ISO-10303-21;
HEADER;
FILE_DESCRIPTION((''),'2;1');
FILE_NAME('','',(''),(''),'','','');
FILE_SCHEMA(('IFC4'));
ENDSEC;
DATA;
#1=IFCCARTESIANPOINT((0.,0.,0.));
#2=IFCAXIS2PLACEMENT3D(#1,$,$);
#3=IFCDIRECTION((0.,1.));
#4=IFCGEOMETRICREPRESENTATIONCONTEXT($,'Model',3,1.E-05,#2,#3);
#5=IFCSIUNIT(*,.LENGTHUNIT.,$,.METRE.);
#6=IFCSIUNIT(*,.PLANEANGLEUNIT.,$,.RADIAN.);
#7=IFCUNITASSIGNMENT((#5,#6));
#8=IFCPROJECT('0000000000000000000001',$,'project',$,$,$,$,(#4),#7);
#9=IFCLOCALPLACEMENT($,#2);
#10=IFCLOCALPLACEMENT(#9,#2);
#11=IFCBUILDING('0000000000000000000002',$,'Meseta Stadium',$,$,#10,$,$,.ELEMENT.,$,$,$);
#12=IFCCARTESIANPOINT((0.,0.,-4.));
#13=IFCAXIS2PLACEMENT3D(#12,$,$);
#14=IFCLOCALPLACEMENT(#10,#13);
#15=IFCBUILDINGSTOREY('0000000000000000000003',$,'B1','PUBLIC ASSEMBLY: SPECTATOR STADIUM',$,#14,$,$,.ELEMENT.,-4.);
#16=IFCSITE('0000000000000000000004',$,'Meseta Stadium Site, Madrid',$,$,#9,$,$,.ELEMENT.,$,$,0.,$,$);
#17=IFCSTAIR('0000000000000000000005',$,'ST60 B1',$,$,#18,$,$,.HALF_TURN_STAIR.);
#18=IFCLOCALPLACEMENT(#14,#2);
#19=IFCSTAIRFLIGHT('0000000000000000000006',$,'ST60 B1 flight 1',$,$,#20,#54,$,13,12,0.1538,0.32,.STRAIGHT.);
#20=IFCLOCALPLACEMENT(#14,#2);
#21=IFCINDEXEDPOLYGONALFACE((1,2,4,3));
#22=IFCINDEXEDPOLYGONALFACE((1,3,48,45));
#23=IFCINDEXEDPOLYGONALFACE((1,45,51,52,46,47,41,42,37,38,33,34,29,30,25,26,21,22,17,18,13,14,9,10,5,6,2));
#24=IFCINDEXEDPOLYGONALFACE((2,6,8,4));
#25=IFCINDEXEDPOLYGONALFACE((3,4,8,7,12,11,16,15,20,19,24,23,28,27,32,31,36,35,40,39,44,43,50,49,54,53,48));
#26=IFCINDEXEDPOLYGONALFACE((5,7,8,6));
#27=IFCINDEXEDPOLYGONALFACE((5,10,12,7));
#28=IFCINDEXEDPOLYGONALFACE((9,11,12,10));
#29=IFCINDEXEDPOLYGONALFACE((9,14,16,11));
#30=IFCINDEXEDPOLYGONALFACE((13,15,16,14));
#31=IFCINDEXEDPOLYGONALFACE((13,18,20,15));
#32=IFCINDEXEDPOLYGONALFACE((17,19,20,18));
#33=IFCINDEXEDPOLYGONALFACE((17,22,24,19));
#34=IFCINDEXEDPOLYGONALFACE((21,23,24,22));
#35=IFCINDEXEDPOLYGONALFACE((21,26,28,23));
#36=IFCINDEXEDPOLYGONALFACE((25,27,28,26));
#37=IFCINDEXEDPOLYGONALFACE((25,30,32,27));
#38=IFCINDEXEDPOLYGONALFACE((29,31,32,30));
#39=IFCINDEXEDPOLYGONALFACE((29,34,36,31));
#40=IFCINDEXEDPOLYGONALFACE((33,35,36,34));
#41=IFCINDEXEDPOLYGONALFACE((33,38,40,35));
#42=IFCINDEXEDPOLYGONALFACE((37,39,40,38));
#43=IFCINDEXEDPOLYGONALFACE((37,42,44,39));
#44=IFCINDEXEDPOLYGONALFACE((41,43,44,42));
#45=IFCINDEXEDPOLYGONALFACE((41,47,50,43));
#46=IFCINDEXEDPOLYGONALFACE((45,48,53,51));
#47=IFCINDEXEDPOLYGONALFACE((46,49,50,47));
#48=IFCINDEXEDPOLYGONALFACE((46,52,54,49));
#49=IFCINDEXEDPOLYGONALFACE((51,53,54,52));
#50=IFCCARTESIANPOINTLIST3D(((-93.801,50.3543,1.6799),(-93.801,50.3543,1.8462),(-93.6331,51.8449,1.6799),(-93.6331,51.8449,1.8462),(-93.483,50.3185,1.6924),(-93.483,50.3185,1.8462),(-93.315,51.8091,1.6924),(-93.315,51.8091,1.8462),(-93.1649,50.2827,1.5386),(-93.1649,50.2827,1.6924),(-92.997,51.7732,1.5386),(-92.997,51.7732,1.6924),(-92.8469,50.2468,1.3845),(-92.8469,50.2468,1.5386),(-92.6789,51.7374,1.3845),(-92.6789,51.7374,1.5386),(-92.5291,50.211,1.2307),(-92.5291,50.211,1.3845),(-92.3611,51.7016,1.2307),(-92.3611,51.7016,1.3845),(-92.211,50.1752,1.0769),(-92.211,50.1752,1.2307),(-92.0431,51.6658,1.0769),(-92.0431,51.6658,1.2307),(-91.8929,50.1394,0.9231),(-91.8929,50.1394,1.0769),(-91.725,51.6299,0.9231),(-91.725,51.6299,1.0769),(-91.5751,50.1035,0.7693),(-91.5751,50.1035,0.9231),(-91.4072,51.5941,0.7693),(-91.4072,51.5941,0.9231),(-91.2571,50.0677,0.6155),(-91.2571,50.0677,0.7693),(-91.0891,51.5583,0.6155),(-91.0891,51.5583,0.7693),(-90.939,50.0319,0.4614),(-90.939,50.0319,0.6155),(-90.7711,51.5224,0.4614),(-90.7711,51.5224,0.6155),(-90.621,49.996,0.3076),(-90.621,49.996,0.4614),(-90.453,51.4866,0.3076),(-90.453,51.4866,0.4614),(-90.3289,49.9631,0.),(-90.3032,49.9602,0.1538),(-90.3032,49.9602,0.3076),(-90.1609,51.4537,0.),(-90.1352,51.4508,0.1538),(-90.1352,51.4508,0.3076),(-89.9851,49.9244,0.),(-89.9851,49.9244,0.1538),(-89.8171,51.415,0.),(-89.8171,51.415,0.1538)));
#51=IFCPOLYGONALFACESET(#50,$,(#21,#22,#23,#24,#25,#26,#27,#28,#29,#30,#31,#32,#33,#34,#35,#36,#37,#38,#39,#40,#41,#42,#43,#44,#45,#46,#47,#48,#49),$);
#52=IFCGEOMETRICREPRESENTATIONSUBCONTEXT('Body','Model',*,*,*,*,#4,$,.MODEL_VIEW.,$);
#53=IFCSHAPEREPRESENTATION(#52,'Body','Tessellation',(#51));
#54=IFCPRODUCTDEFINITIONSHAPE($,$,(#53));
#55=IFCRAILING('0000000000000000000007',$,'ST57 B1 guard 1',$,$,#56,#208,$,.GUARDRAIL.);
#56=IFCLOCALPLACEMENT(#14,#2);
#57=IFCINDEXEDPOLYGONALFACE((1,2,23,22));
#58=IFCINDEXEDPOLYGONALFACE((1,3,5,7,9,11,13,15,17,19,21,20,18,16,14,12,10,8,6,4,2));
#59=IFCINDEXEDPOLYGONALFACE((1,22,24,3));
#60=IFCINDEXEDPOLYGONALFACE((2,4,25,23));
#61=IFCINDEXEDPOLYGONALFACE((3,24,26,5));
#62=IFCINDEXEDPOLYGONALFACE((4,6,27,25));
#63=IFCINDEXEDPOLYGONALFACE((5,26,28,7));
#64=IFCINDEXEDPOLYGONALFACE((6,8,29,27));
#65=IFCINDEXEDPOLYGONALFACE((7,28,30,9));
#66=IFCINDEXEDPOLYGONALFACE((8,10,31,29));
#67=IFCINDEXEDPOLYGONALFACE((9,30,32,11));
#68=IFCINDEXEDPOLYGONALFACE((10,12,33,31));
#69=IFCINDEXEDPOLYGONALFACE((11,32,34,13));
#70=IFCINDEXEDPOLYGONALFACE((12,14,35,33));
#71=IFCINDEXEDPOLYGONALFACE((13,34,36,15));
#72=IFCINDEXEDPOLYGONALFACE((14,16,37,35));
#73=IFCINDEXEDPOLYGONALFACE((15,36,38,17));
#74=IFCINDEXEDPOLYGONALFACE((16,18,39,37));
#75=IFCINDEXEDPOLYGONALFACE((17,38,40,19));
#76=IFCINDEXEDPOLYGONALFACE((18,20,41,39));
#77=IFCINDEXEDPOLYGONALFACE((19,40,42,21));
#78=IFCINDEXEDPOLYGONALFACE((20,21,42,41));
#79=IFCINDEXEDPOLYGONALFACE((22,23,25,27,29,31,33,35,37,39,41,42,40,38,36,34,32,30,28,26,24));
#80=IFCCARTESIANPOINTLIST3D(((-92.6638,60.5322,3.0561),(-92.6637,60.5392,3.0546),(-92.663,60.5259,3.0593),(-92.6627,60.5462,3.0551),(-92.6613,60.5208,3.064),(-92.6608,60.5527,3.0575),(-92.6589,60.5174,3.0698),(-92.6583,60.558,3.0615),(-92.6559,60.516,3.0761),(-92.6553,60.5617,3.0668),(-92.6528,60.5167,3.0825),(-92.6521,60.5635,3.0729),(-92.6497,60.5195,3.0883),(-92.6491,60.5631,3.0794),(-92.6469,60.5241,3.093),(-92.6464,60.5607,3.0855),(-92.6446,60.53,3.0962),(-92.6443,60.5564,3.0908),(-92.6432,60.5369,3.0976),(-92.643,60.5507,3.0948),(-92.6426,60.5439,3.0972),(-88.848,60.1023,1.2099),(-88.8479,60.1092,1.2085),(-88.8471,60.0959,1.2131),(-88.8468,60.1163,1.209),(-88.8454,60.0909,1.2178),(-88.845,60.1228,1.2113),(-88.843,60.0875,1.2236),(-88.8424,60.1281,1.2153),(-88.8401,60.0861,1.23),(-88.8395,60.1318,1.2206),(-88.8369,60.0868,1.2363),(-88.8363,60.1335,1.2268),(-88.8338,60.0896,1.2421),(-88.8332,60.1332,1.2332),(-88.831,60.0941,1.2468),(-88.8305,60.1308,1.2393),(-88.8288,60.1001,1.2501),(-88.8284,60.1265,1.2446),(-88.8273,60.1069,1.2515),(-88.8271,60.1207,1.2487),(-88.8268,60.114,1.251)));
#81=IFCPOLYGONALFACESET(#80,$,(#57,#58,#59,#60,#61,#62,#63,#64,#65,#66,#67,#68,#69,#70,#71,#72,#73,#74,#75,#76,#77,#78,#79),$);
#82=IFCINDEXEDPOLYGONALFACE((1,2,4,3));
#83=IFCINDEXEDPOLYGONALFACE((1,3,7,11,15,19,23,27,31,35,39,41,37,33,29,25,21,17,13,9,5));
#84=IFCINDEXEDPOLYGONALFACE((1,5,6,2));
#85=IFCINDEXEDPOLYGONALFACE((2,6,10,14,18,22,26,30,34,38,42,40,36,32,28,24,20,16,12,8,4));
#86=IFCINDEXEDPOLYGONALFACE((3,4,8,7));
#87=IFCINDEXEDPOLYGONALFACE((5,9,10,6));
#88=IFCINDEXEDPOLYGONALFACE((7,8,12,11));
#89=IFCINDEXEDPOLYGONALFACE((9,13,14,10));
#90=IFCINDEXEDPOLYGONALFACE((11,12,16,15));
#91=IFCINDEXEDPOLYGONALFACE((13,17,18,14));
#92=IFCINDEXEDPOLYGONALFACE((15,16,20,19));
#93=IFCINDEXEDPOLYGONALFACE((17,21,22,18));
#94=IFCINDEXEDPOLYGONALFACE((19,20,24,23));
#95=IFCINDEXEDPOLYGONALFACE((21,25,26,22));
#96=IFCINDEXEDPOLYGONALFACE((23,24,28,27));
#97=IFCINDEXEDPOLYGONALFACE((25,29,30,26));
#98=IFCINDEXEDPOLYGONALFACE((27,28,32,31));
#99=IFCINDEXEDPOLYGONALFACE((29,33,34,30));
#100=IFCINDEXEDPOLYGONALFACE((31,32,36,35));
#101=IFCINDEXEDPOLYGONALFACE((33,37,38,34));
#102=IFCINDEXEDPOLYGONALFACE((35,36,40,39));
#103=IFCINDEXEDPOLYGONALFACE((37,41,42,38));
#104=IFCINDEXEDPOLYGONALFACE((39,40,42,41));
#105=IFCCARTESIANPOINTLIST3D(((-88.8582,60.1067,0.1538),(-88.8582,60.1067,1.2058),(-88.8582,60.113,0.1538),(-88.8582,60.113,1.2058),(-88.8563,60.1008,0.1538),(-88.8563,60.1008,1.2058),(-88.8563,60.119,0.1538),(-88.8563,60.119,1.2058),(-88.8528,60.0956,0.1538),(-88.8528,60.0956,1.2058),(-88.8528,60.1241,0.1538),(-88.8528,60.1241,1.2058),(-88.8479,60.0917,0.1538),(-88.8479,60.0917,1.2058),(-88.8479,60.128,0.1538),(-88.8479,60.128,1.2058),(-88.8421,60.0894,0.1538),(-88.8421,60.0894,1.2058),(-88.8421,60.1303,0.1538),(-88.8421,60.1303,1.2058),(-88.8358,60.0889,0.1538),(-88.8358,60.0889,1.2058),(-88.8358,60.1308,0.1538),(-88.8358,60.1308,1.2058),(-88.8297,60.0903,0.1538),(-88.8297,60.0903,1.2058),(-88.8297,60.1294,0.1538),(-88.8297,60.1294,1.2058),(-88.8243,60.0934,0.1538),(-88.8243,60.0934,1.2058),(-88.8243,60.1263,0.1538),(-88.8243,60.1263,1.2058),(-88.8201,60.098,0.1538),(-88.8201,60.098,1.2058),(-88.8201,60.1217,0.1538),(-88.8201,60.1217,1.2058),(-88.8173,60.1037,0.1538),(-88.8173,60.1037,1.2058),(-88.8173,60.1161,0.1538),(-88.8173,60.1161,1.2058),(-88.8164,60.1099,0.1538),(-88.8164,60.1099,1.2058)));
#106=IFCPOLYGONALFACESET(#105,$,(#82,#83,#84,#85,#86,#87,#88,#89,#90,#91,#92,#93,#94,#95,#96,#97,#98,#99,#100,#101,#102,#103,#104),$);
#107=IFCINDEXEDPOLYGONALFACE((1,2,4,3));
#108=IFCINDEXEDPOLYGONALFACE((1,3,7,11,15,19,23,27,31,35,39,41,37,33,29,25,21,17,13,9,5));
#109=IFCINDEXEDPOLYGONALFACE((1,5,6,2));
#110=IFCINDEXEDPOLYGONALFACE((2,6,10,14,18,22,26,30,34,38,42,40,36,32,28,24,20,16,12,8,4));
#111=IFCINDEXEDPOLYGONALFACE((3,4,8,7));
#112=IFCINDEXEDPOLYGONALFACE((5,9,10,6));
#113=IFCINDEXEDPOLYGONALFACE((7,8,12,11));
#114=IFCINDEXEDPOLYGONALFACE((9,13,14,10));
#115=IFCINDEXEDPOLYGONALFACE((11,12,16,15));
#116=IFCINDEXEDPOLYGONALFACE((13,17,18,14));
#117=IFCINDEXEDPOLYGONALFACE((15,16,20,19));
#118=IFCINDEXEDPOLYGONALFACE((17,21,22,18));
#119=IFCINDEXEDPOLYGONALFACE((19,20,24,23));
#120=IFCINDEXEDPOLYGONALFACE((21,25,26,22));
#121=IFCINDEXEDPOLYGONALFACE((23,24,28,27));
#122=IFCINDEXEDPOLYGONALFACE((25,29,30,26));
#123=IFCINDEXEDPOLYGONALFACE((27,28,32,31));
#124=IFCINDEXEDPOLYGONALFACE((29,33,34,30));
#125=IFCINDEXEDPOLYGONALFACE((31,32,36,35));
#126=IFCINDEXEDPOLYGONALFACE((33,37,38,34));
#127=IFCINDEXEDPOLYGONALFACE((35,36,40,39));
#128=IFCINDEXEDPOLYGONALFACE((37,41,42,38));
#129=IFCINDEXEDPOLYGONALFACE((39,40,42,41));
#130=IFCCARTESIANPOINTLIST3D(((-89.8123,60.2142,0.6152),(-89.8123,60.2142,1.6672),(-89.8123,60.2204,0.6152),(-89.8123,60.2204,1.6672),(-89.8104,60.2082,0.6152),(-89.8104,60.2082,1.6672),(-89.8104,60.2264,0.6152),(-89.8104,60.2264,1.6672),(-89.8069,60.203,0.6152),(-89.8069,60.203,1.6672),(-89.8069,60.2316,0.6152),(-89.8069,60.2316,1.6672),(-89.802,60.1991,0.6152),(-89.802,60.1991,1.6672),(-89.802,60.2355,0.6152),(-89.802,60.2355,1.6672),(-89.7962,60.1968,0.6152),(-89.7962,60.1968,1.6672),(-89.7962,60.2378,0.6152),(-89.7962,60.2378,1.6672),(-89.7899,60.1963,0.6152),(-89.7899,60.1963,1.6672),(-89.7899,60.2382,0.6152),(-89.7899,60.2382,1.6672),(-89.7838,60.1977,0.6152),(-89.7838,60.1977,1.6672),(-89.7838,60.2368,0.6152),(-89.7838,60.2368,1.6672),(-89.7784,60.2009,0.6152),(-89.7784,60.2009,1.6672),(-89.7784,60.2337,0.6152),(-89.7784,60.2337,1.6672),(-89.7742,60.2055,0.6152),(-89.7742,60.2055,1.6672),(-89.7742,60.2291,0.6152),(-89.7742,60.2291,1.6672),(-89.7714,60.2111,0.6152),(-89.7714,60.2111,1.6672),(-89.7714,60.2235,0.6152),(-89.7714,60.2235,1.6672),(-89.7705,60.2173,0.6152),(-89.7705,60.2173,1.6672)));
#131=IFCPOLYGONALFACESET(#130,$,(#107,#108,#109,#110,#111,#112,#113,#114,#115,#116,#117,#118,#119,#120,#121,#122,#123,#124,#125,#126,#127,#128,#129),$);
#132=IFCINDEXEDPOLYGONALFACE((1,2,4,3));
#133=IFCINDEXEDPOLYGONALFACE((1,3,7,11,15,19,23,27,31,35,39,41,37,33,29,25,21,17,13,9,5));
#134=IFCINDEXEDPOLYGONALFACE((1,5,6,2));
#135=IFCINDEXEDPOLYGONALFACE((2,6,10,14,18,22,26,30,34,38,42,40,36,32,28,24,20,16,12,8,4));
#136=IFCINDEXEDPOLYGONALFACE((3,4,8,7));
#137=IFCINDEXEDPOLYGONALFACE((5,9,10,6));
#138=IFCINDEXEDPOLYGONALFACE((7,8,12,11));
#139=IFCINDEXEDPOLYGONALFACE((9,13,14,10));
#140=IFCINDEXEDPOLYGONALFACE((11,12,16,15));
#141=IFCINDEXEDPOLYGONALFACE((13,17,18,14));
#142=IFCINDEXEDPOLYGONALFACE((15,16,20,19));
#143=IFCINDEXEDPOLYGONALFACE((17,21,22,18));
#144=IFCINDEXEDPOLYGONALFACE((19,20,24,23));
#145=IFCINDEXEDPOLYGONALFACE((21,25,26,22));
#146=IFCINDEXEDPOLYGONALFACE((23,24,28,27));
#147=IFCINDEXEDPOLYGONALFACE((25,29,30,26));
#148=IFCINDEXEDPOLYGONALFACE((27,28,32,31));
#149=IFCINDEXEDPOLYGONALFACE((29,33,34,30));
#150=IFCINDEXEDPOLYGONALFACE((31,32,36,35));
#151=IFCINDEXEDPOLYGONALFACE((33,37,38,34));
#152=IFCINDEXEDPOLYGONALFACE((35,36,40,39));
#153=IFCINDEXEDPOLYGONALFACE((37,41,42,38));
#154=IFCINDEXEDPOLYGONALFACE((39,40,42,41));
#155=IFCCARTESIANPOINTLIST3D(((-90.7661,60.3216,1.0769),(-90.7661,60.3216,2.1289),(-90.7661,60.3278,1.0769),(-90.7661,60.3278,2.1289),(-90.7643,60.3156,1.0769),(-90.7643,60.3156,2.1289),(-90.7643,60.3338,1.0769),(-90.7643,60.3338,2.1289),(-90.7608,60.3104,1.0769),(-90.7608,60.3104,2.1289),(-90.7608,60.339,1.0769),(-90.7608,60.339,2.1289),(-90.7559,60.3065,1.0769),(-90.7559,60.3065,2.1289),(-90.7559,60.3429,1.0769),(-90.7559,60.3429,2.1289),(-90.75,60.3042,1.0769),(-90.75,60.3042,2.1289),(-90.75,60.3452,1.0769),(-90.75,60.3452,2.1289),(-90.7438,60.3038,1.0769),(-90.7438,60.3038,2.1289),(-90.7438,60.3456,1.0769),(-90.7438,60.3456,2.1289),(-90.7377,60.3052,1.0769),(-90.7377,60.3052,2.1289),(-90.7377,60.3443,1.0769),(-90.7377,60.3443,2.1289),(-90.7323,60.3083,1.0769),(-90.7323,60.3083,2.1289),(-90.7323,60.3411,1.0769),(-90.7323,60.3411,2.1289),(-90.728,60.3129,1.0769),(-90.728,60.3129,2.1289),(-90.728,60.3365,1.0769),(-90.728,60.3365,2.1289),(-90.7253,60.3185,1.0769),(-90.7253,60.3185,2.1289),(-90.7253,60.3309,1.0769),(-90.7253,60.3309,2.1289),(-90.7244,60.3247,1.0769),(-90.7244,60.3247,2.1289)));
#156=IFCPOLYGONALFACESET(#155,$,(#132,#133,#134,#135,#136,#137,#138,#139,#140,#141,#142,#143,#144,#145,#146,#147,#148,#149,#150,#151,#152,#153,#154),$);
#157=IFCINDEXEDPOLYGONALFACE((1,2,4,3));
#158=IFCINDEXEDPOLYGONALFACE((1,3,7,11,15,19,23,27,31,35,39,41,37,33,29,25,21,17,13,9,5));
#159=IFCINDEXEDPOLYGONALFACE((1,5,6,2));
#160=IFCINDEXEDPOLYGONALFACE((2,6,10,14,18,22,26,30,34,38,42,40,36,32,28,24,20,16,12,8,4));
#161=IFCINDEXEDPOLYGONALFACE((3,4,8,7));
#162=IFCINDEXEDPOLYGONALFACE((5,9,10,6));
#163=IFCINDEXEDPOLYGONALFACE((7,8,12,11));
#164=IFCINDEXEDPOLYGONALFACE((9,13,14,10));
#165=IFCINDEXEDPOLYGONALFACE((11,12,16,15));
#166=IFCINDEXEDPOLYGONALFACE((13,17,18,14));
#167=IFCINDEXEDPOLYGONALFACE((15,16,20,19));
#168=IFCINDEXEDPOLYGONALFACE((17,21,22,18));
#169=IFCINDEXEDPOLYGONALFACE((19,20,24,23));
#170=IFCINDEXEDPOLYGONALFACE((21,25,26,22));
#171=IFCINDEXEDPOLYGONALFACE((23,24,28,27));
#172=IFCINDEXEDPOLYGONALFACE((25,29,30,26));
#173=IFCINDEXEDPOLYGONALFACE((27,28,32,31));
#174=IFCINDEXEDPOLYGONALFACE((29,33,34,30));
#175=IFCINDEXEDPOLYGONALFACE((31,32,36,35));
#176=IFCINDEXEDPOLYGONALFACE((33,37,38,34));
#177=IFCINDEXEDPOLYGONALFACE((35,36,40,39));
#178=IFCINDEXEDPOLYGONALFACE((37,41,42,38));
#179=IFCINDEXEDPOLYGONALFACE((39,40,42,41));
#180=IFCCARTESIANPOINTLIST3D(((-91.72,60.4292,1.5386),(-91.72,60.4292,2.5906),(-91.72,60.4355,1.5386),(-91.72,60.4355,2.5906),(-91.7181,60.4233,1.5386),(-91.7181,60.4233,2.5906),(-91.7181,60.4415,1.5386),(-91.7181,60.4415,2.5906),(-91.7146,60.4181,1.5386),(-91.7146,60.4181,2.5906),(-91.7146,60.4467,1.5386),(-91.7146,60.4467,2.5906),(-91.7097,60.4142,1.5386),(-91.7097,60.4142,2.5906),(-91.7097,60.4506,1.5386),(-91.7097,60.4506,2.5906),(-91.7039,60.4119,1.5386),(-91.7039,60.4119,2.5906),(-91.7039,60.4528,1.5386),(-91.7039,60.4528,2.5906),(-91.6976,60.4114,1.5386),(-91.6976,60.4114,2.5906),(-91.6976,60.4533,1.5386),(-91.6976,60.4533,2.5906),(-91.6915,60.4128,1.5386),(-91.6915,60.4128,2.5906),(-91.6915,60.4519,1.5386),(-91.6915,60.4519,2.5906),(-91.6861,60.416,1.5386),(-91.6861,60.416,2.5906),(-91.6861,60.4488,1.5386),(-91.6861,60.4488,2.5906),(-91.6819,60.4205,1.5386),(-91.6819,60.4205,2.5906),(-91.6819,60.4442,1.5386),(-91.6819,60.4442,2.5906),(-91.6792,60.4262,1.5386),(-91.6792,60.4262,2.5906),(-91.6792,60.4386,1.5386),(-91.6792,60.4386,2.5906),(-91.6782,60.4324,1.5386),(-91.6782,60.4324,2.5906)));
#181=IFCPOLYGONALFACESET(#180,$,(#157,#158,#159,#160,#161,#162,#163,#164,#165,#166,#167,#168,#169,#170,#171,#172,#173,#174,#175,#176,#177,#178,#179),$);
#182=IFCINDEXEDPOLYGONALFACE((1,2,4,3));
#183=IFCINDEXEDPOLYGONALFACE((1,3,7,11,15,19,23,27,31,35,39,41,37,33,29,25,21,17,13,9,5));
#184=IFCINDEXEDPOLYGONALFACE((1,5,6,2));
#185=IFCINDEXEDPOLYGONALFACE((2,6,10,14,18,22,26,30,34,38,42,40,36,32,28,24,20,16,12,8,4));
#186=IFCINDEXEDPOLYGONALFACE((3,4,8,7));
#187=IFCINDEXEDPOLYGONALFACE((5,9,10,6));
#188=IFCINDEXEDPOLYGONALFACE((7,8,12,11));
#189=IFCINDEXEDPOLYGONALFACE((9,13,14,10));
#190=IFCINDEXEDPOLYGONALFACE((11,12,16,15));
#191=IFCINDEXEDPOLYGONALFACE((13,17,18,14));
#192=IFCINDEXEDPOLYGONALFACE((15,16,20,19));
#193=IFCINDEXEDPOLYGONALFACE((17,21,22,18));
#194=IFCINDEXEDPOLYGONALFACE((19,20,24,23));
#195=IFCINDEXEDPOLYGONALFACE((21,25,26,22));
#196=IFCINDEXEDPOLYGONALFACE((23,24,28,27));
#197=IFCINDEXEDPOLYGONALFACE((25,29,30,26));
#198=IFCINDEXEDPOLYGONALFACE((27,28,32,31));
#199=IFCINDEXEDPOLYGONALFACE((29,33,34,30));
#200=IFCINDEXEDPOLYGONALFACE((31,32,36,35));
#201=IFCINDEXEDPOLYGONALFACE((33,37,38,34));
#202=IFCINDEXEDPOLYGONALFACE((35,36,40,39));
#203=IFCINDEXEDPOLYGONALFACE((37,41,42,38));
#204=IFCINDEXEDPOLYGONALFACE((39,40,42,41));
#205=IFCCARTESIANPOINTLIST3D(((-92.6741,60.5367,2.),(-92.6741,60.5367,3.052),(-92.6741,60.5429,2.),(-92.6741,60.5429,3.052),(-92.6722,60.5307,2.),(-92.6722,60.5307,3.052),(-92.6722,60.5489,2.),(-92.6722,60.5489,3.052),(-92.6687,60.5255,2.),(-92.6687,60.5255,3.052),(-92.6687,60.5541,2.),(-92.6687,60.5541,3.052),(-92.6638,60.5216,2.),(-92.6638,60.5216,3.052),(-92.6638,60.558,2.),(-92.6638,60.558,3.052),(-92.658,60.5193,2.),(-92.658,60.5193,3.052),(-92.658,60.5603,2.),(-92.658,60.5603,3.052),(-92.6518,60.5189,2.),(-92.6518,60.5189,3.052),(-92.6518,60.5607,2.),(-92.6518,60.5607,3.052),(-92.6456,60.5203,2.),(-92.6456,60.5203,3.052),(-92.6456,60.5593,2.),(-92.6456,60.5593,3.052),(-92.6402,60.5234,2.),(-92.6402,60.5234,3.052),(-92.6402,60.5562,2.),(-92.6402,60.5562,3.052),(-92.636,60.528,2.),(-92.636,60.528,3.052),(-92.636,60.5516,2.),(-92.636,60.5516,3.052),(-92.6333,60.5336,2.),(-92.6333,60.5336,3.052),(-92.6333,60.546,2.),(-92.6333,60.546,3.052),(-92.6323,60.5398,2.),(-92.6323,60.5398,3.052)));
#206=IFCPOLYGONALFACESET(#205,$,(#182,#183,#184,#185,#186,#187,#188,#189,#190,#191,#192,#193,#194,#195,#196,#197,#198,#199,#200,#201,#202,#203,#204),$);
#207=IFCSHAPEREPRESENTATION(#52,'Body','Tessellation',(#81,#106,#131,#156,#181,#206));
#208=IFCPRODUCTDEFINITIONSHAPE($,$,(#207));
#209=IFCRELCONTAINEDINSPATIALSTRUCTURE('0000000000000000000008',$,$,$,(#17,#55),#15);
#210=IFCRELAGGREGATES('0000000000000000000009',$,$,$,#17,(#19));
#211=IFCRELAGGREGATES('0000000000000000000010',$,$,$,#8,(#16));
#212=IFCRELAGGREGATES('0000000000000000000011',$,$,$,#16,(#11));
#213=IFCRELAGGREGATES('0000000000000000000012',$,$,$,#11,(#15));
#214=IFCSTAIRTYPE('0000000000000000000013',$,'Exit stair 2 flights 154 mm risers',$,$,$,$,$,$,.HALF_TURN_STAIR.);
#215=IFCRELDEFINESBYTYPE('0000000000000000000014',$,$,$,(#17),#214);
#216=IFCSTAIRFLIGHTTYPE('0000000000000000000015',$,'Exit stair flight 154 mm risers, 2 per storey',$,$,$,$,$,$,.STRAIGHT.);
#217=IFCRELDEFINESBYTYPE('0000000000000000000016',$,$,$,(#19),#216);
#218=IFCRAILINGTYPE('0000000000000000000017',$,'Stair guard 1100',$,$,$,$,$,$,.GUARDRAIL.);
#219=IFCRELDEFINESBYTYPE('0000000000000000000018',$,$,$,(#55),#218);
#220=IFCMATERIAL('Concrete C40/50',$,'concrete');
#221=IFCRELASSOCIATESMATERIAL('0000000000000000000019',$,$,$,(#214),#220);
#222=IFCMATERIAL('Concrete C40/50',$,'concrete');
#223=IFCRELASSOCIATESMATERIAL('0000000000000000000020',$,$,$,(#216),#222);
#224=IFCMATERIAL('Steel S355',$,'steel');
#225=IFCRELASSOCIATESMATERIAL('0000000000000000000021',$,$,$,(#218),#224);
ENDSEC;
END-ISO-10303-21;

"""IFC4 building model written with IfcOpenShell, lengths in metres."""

from ifc_helpers import new_model, si_unit, direction, frame, origin, origin_2d, place, context, subcontext, project, spatial, polyline, circle, outline, extrude, material, type_object, element, aggregate, save


model = new_model("IFC4")

# Units and contexts
model_context = context("Model", 3, precision=1e-05, world=origin(), true_north=direction((0.0, 1.0)))
body_context = subcontext(model_context, "Body", "Model", "MODEL_VIEW")
ifc_project = project(units=[si_unit("LENGTHUNIT", "METRE"), si_unit("PLANEANGLEUNIT", "RADIAN")], contexts=[model_context])

# Site, building, storey
site_placement = place(None, origin())
site = spatial("IfcSite", under=ifc_project, at=site_placement, Name="Meseta Stadium Site, Madrid", CompositionType="ELEMENT", RefElevation=0.0)
building_placement = place(site_placement, origin())
building = spatial("IfcBuilding", under=site, at=building_placement, Name="Meseta Stadium", CompositionType="ELEMENT")
storey_placement = place(building_placement, frame((0.0, 0.0, -4.0)))
storey = spatial("IfcBuildingStorey", under=building, at=storey_placement, Name="B1", Description="PUBLIC ASSEMBLY: SPECTATOR STADIUM", CompositionType="ELEMENT", Elevation=-4.0)

# Shared definitions
ifc_material_1 = material(Name="Concrete C40/50", Category="concrete")
stair_type = type_object("IfcStairType", Name="Exit stair 2 flights 154 mm risers", PredefinedType="HALF_TURN_STAIR", material=ifc_material_1)
ifc_material_2 = material(Name="Concrete C40/50", Category="concrete")
stair_flight_type = type_object("IfcStairFlightType", Name="Exit stair flight 154 mm risers, 2 per storey", PredefinedType="STRAIGHT", material=ifc_material_2)

# Stair, stair flight
stair_1_placement = place(storey_placement, origin())
stair_1 = element("IfcStair", 1, at=stair_1_placement, inside=storey, type_object=stair_type, Name="ST60 B1", PredefinedType="HALF_TURN_STAIR")
stair_flight_1_placement = place(storey_placement, frame((-89.9011, 50.6697, 0.0), z_axis=(0.0, 0.0, 1.0), x_axis=(-0.993712, 0.111964, 0.0)))
stair_flight_1 = element("IfcStairFlight", 2, at=stair_flight_1_placement, type_object=stair_flight_type, Name="ST60 B1 flight 1", NumberOfRisers=13, NumberOfTreads=12, PredefinedType="STRAIGHT", RiserHeight=0.1538, TreadLength=0.32, context=body_context, shape_type="SweptSolid", body=[
    extrude(outline(polyline([(0.0, 0.0), (0.0, 0.1538), (0.3201, 0.1538), (0.3201, 0.3076), (0.6399, 0.3076), (0.6399, 0.4614), (0.96, 0.4614), (0.96, 0.6155), (1.28, 0.6155), (1.28, 0.7693), (1.6001, 0.7693), (1.6001, 0.9231), (1.9199, 0.9231), (1.9199, 1.0769), (2.24, 1.0769), (2.24, 1.2307), (2.5601, 1.2307), (2.5601, 1.3845), (2.8799, 1.3845), (2.8799, 1.5386), (3.2, 1.5386), (3.2, 1.6924), (3.52, 1.6924), (3.52, 1.8462), (3.8401, 1.8462), (3.8401, 1.6799), (0.3459, 0.0), (0.0, 0.0)])), frame((0.0, 0.75, 0.0), z_axis=(0.0, -1.0, 0.0), x_axis=(1.0, 0.0, 0.0)), (0.0, 0.0, 1.0), 1.5),
])
aggregate(stair_1, [stair_flight_1])

# Railing
ifc_material_3 = material(Name="Steel S355", Category="steel")
railing_type_1 = type_object("IfcRailingType", Name="Stair guard 1100", PredefinedType="GUARDRAIL", material=ifc_material_3)
railing_1_placement = place(storey_placement, frame((-88.8374, 60.1099, 0.1538)))
element("IfcRailing", 3, at=railing_1_placement, inside=storey, type_object=railing_type_1, Name="ST57 B1 guard 1", PredefinedType="GUARDRAIL", context=body_context, shape_type="SweptSolid", body=[
    extrude(circle(Radius=0.0239, at=origin_2d()), frame((0.0, 0.0, 1.0762), z_axis=(-0.895585, 0.100904, 0.433296), x_axis=(-0.11196, -0.993713, 0.0)), (0.0, 0.0, 1.0), 4.2607),
    extrude(circle(Radius=0.021, at=origin_2d()), origin(), (0.0, 0.0, 1.0), 1.052),
    extrude(circle(Radius=0.021, at=origin_2d()), frame((-0.9541, 0.1074, 0.4614)), (0.0, 0.0, 1.0), 1.052),
    extrude(circle(Radius=0.021, at=origin_2d()), frame((-1.908, 0.2148, 0.9231)), (0.0, 0.0, 1.0), 1.052),
    extrude(circle(Radius=0.021, at=origin_2d()), frame((-2.8618, 0.3225, 1.3848)), (0.0, 0.0, 1.0), 1.052),
    extrude(circle(Radius=0.021, at=origin_2d()), frame((-3.8159, 0.4299, 1.8462)), (0.0, 0.0, 1.0), 1.052),
])

save(model, "model.ifc")
